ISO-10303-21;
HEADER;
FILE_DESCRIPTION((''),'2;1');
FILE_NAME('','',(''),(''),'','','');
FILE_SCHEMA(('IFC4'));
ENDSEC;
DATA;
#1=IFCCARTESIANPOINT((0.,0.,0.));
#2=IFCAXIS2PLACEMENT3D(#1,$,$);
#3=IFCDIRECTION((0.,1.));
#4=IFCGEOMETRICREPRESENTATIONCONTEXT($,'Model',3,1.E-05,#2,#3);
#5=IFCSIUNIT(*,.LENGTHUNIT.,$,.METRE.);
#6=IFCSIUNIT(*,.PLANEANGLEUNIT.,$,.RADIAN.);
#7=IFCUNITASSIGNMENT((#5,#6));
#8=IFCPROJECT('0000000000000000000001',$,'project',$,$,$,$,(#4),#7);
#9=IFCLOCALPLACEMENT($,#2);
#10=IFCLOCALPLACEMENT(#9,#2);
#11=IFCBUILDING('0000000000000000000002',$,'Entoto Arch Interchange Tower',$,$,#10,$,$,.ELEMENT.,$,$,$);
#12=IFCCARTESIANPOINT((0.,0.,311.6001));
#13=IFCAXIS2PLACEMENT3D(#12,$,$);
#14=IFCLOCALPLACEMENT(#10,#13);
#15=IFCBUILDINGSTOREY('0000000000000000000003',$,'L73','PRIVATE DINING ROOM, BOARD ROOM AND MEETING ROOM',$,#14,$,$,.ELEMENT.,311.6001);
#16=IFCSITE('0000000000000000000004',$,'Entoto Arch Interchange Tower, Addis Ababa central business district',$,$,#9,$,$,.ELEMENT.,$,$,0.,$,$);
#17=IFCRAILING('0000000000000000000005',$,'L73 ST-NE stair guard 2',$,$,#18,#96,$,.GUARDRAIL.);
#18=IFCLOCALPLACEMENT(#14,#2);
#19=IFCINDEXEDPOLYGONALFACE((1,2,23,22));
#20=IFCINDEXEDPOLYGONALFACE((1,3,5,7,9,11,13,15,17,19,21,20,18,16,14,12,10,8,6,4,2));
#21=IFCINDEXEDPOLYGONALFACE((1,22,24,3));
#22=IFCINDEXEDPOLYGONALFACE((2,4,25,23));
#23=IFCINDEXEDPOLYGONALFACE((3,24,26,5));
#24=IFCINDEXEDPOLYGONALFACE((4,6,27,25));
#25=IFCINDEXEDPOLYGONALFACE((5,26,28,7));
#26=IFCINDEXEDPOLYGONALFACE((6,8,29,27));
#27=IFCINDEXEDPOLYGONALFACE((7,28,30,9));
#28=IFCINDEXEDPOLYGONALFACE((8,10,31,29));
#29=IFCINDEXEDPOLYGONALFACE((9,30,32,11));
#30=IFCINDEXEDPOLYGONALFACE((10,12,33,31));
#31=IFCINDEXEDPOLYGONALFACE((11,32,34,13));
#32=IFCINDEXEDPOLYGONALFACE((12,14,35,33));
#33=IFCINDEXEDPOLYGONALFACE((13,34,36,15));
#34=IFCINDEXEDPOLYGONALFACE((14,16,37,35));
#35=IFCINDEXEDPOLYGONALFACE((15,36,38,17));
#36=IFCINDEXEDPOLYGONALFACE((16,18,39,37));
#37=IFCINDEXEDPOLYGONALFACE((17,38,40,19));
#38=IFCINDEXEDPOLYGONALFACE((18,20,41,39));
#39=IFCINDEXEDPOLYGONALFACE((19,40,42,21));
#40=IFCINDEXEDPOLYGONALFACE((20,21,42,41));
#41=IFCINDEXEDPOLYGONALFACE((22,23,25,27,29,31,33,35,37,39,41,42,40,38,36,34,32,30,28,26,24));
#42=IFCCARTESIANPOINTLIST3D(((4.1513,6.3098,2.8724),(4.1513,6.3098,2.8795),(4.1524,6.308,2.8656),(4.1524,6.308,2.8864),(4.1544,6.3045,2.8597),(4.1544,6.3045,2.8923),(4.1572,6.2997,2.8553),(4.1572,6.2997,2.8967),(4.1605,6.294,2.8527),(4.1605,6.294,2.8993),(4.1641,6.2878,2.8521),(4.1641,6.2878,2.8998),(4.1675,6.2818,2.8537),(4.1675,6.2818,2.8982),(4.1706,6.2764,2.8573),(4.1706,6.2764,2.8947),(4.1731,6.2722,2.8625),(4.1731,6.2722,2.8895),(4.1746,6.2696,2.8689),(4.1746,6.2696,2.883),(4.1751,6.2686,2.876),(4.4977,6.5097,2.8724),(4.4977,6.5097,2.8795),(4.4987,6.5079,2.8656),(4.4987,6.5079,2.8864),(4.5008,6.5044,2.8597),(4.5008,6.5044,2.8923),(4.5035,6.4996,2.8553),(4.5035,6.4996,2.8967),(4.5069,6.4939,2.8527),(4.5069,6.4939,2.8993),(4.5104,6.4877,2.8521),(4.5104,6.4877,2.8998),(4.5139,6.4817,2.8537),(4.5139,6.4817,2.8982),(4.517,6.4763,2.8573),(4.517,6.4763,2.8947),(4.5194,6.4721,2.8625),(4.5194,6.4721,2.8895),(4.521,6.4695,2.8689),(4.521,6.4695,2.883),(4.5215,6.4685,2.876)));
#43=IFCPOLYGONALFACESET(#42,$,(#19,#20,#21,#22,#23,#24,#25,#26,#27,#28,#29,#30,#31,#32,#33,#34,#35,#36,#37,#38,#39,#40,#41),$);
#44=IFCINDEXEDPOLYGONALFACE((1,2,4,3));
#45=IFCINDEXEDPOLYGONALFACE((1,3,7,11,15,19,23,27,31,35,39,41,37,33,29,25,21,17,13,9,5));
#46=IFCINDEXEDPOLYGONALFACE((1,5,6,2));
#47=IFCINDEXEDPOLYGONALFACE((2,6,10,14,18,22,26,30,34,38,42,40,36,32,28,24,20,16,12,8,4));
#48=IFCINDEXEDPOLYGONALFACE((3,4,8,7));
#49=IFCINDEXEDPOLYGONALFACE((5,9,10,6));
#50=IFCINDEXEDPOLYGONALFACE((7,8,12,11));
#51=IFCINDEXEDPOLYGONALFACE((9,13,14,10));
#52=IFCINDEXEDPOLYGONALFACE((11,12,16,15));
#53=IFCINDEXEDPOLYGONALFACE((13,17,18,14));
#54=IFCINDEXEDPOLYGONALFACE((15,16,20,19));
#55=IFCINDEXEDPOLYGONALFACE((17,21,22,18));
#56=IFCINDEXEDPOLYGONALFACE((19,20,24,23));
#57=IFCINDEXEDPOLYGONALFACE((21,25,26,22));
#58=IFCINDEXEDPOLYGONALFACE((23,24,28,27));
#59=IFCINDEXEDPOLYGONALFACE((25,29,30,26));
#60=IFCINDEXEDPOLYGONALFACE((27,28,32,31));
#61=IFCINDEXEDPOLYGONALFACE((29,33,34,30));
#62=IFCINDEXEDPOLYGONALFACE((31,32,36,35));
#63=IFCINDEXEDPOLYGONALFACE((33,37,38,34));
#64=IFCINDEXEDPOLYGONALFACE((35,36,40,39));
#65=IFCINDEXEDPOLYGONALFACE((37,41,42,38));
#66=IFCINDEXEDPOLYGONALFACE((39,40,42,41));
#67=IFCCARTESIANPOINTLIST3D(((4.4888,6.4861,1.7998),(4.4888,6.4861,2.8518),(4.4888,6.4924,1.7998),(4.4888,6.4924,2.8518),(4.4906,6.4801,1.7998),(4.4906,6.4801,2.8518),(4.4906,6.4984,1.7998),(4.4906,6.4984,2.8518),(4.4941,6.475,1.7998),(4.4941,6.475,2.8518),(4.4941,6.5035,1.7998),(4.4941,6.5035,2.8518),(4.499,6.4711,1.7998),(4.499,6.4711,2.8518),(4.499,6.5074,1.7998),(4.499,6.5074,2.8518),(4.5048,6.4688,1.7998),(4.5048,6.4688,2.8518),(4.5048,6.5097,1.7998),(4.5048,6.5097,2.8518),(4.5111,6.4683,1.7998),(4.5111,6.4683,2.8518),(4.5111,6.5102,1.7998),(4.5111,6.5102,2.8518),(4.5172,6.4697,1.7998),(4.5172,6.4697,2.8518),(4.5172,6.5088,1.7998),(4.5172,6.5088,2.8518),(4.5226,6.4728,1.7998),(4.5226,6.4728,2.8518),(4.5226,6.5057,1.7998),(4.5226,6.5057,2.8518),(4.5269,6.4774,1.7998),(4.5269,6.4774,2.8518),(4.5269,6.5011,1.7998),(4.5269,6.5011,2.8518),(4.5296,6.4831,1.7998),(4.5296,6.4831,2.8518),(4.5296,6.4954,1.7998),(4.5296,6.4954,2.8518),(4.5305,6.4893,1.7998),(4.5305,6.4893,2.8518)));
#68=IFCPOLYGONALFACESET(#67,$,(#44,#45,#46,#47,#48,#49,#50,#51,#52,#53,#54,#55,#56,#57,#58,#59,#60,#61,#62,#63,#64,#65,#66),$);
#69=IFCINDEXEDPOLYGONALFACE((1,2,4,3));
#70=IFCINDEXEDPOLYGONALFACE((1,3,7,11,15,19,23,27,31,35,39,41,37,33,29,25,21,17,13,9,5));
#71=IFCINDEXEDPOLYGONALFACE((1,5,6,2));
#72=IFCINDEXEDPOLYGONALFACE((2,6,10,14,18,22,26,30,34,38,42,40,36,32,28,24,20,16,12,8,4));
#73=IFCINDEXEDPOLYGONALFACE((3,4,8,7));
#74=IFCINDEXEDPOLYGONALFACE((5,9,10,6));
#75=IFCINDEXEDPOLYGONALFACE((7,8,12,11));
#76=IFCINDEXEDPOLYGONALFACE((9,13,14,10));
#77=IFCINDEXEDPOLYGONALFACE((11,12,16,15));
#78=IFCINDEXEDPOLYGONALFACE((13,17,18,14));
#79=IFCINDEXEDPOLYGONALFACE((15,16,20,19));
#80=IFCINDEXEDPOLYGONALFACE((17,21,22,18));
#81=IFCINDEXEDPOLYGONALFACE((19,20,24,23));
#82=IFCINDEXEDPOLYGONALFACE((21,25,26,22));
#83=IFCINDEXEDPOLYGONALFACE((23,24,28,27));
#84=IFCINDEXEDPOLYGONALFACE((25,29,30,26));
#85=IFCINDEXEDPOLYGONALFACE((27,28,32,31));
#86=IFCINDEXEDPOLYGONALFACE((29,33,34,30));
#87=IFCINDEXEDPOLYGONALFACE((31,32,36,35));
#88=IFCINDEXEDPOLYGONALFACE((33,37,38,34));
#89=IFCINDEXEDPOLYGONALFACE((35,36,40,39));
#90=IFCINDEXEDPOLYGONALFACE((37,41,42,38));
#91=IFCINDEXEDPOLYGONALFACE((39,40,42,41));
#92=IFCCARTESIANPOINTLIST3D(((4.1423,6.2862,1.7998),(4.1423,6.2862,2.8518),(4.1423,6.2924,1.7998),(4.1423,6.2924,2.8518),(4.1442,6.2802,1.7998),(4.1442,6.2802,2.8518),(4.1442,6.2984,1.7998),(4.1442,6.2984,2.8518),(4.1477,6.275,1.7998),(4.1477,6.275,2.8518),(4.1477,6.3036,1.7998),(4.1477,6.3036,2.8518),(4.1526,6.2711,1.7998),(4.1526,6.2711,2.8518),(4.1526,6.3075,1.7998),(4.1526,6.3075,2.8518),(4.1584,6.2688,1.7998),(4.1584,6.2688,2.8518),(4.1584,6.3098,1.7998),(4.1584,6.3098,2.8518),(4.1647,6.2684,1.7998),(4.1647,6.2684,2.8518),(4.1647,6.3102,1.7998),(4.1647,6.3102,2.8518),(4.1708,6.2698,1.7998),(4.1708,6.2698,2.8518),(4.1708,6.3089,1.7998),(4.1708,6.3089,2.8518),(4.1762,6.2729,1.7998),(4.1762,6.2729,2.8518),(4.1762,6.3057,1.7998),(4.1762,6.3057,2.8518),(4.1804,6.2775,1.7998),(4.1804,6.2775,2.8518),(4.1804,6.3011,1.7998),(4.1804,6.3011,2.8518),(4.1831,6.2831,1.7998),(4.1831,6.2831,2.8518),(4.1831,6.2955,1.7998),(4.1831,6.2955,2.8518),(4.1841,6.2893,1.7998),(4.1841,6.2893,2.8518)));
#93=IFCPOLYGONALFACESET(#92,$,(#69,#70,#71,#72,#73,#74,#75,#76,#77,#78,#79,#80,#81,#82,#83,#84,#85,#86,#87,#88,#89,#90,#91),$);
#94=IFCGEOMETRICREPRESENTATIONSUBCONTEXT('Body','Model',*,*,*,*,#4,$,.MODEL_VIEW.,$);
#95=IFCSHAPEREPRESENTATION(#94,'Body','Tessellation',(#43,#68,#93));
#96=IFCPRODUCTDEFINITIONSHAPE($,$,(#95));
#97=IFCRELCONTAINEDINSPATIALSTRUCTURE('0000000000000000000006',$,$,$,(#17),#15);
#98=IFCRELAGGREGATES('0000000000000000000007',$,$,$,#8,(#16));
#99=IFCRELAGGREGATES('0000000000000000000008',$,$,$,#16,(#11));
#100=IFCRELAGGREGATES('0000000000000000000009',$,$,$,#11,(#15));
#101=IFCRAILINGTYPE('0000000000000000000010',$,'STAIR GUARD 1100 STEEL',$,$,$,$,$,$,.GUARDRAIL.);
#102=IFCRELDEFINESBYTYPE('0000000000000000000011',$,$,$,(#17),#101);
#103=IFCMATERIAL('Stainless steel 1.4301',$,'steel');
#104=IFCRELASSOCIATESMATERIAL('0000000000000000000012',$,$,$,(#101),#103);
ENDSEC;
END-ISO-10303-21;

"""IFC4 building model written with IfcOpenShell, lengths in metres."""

from ifc_helpers import new_model, si_unit, direction, frame, origin, origin_2d, place, context, subcontext, project, spatial, circle, extrude, material, type_object, element, save


model = new_model("IFC4")

# Units and contexts
model_context = context("Model", 3, precision=1e-05, world=origin(), true_north=direction((0.0, 1.0)))
body_context = subcontext(model_context, "Body", "Model", "MODEL_VIEW")
ifc_project = project(units=[si_unit("LENGTHUNIT", "METRE"), si_unit("PLANEANGLEUNIT", "RADIAN")], contexts=[model_context])

# Site, building, storey
site_placement = place(None, origin())
site = spatial("IfcSite", under=ifc_project, at=site_placement, Name="Entoto Arch Interchange Tower, Addis Ababa central business district", CompositionType="ELEMENT", RefElevation=0.0)
building_placement = place(site_placement, origin())
building = spatial("IfcBuilding", under=site, at=building_placement, Name="Entoto Arch Interchange Tower", CompositionType="ELEMENT")
storey_placement = place(building_placement, frame((0.0, 0.0, 311.6001)))
storey = spatial("IfcBuildingStorey", under=building, at=storey_placement, Name="L73", Description="PRIVATE DINING ROOM, BOARD ROOM AND MEETING ROOM", CompositionType="ELEMENT", Elevation=311.6001)

# Railing
ifc_material_1 = material(Name="Stainless steel 1.4301", Category="steel")
railing_type = type_object("IfcRailingType", Name="STAIR GUARD 1100 STEEL", PredefinedType="GUARDRAIL", material=ifc_material_1)
railing_1_placement = place(storey_placement, frame((4.5095, 6.4893, 1.7998)))
element("IfcRailing", 1, at=railing_1_placement, inside=storey, type_object=railing_type, Name="L73 ST-NE stair guard 2", PredefinedType="GUARDRAIL", context=body_context, shape_type="SweptSolid", body=[
    extrude(circle(Radius=0.0239, at=origin_2d()), frame((0.0, 0.0, 1.0762), z_axis=(-0.866094, -0.499881, 0.0), x_axis=(0.499881, -0.866094, 0.0)), (0.0, 0.0, 1.0), 0.3999),
    extrude(circle(Radius=0.021, at=origin_2d()), origin(), (0.0, 0.0, 1.0), 1.052),
    extrude(circle(Radius=0.021, at=origin_2d()), frame((-0.3464, -0.2, 0.0)), (0.0, 0.0, 1.0), 1.052),
])

save(model, "model.ifc")
